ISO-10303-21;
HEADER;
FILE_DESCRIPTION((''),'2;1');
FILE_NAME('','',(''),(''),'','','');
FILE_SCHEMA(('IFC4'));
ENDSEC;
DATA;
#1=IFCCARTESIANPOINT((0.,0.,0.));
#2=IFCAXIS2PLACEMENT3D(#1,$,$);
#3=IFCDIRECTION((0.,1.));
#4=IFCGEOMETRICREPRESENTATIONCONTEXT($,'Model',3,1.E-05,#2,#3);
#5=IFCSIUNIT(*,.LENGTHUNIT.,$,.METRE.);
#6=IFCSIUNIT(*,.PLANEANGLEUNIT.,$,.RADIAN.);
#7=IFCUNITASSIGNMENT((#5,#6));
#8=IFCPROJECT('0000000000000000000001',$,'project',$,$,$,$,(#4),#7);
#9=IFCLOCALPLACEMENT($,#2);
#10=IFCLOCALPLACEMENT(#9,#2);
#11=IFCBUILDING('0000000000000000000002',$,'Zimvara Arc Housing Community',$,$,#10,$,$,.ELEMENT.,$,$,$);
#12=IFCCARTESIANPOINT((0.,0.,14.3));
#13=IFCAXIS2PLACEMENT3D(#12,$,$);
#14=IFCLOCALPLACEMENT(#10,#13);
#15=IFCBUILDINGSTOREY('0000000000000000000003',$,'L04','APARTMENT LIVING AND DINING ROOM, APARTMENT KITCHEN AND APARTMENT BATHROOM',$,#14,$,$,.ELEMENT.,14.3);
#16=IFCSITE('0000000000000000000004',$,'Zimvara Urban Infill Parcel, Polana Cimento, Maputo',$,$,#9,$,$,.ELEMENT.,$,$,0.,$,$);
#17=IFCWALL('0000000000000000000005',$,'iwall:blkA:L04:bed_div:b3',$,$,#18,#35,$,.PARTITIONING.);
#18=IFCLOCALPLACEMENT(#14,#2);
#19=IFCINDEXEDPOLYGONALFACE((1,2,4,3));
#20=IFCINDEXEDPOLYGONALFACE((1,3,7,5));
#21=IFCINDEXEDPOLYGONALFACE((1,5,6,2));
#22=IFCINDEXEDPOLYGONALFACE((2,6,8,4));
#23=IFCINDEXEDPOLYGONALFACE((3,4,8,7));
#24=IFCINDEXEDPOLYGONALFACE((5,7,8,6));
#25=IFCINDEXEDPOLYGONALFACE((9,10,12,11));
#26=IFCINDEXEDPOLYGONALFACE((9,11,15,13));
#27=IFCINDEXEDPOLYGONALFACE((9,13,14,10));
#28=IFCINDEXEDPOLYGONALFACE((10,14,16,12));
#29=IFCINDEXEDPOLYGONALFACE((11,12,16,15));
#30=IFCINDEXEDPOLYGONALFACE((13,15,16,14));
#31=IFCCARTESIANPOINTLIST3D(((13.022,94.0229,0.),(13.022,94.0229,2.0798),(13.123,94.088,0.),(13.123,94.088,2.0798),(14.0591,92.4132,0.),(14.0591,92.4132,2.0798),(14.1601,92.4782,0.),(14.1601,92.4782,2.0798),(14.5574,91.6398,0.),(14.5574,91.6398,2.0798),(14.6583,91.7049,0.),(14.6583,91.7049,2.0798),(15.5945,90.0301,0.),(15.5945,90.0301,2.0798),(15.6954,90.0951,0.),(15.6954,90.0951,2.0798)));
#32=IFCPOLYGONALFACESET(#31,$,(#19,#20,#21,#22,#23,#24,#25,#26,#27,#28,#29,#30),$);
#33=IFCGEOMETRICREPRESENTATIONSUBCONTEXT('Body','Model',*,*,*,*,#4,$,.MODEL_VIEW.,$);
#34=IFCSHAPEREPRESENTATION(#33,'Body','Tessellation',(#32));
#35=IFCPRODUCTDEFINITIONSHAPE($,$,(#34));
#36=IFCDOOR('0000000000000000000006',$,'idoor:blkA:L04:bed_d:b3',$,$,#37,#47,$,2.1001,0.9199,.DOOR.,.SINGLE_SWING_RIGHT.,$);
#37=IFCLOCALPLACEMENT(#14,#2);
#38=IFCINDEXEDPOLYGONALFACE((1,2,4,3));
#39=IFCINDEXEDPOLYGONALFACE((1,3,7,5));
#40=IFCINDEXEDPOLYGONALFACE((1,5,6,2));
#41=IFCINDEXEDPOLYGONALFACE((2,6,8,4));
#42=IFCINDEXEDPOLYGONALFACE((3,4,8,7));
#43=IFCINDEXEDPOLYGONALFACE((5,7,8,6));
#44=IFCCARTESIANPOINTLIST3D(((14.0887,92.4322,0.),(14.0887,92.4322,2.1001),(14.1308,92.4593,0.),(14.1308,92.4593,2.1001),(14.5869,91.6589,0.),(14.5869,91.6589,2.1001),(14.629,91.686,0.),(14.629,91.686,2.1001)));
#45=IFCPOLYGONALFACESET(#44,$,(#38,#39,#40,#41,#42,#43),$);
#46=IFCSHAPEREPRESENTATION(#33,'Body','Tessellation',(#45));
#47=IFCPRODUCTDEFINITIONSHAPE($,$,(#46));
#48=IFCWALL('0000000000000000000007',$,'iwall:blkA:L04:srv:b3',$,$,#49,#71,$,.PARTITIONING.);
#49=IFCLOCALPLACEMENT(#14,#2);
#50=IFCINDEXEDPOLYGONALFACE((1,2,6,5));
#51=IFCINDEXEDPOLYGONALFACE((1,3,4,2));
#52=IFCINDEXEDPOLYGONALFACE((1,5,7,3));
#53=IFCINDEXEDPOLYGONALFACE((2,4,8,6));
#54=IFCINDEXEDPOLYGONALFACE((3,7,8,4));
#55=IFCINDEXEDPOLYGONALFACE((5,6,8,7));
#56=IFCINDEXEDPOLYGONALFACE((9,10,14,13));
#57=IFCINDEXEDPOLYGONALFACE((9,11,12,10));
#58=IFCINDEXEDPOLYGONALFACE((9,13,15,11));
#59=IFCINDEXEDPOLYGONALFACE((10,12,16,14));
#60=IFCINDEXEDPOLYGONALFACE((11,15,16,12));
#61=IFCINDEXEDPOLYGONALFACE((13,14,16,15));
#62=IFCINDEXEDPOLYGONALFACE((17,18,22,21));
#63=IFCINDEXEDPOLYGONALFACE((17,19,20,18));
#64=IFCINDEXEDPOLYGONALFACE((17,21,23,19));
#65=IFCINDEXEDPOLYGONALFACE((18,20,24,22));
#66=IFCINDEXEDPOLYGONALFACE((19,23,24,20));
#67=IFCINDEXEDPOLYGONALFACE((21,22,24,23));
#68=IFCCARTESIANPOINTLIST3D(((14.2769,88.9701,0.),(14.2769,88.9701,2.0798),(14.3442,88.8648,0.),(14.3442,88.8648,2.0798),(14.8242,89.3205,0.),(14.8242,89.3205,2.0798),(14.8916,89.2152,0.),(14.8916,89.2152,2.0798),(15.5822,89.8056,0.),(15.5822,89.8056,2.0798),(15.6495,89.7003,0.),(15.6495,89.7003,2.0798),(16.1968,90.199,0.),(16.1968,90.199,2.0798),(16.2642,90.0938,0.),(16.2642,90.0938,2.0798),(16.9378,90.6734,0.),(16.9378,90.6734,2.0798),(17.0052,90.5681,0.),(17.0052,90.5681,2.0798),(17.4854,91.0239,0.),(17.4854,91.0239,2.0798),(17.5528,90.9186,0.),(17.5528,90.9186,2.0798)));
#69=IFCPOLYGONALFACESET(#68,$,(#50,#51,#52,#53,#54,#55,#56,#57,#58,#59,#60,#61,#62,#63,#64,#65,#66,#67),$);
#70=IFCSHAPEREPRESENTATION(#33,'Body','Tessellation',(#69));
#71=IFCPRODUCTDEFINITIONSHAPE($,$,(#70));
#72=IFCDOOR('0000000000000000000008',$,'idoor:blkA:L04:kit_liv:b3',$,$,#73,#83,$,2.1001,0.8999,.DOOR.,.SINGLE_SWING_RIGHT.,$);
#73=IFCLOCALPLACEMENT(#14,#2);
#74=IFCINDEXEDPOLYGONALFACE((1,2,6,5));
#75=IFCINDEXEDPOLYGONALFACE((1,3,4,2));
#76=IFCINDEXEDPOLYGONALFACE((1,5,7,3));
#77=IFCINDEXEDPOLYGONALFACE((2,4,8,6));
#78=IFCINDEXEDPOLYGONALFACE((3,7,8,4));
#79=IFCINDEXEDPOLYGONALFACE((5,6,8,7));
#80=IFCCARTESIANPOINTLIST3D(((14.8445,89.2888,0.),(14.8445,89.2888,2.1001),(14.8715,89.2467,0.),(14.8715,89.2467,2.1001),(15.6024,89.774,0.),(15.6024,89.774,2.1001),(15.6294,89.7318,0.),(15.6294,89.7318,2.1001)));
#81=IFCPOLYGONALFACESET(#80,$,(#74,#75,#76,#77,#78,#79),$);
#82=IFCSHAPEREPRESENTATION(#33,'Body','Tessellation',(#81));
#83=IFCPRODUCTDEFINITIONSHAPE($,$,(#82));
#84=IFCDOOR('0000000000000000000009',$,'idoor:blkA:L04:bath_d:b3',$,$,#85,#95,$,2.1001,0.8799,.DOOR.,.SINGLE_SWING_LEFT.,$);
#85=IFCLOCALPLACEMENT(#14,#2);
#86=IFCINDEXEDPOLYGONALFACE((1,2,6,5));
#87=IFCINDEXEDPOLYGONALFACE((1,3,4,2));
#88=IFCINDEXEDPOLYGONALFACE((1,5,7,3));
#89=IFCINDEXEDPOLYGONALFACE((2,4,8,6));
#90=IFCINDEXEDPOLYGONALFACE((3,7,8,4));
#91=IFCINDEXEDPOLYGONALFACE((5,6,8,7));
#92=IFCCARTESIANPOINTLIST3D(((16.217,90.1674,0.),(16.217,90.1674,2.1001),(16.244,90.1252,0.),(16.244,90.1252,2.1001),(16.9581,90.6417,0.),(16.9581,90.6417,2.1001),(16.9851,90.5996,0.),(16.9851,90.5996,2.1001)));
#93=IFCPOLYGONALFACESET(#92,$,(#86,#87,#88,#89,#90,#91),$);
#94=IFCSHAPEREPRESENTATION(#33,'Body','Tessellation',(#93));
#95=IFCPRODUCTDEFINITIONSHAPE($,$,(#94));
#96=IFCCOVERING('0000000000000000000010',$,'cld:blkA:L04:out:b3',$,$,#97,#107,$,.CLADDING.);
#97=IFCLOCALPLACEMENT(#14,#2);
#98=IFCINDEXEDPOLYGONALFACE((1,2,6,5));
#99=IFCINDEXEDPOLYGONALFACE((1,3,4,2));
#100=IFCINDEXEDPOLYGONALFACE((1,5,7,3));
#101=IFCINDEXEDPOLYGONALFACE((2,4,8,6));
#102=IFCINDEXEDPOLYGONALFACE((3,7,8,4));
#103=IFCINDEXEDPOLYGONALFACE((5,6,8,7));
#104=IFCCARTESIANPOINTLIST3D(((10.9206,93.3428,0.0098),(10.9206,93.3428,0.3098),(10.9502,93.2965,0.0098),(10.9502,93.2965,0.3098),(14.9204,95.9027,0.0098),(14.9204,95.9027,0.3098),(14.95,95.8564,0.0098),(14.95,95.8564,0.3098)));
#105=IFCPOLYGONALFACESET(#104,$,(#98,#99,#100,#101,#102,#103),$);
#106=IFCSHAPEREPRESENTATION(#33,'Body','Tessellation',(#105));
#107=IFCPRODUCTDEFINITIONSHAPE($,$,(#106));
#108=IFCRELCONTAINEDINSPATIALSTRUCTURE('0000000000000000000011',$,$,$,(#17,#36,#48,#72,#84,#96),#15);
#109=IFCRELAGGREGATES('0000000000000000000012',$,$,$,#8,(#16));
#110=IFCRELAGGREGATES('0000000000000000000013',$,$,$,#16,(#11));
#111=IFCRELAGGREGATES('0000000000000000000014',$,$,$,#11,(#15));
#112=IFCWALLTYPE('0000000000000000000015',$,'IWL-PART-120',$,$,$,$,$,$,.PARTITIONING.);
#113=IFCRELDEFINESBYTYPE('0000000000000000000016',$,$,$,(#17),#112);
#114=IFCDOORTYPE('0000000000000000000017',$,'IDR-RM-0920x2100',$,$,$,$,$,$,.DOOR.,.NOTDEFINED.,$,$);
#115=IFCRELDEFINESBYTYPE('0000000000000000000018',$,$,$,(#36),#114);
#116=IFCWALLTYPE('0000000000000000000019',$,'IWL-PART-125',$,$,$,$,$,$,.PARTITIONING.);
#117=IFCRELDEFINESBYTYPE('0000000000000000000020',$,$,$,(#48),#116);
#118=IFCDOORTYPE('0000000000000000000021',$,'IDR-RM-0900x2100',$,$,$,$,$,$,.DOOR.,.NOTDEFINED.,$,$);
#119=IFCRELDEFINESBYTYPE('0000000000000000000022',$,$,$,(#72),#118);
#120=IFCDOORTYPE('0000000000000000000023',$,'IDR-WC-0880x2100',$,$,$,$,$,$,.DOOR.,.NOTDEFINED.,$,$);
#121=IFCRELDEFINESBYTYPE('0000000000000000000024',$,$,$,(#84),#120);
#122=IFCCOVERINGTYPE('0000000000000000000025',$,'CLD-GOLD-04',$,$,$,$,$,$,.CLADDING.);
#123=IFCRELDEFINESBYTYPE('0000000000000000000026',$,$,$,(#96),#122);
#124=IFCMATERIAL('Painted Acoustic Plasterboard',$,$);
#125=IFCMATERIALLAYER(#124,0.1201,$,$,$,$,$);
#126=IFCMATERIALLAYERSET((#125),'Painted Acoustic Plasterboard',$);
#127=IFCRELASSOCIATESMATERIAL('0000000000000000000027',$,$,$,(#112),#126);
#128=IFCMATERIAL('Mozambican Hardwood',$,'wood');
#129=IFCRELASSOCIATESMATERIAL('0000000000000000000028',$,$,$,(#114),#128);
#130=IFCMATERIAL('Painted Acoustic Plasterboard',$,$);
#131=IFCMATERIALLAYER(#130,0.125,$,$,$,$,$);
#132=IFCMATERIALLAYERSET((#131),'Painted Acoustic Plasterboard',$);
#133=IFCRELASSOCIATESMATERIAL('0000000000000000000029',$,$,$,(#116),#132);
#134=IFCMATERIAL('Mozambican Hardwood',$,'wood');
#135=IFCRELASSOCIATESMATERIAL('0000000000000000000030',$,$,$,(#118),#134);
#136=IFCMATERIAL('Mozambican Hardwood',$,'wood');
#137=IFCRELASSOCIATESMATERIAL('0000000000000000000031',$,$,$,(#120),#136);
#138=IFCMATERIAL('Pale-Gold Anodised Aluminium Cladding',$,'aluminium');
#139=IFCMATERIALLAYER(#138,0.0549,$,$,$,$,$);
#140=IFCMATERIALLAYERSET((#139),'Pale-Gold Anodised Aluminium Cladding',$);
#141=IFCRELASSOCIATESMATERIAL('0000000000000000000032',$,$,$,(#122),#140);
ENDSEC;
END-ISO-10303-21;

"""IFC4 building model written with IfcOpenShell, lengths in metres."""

from ifc_helpers import new_model, si_unit, direction, frame, frame_2d, origin, origin_2d, place, context, subcontext, project, spatial, rectangle, extrude, material, layer, layer_set, type_object, element, fill, save


model = new_model("IFC4")

# Units and contexts
model_context = context("Model", 3, precision=1e-05, world=origin(), true_north=direction((0.0, 1.0)))
body_context = subcontext(model_context, "Body", "Model", "MODEL_VIEW")
ifc_project = project(units=[si_unit("LENGTHUNIT", "METRE"), si_unit("PLANEANGLEUNIT", "RADIAN")], contexts=[model_context])

# Site, building, storey
site_placement = place(None, origin())
site = spatial("IfcSite", under=ifc_project, at=site_placement, Name="Zimvara Urban Infill Parcel, Polana Cimento, Maputo", CompositionType="ELEMENT", RefElevation=0.0)
building_placement = place(site_placement, origin())
building = spatial("IfcBuilding", under=site, at=building_placement, Name="Zimvara Arc Housing Community", CompositionType="ELEMENT")
storey_placement = place(building_placement, frame((0.0, 0.0, 14.3)))
storey = spatial("IfcBuildingStorey", under=building, at=storey_placement, Name="L04", Description="APARTMENT LIVING AND DINING ROOM, APARTMENT KITCHEN AND APARTMENT BATHROOM", CompositionType="ELEMENT", Elevation=14.3)

# Wall, opening, door
ifc_material_1 = material(Name="Painted Acoustic Plasterboard")
ifc_layer_1 = layer(ifc_material_1, 0.1201)
ifc_layer_set_1 = layer_set([ifc_layer_1], Name="Painted Acoustic Plasterboard")
wall_type_1 = type_object("IfcWallType", Name="IWL-PART-120", PredefinedType="PARTITIONING", material=ifc_layer_set_1)
wall_1_placement = place(storey_placement, frame((15.645, 90.0625, 0.0), z_axis=(0.0, 0.0, 1.0), x_axis=(-0.541596, 0.840639, 0.0)))
wall_1 = element("IfcWall", 1, at=wall_1_placement, inside=storey, type_object=wall_type_1, Name="iwall:blkA:L04:bed_div:b3", PredefinedType="PARTITIONING", context=body_context, shape_type="SweptSolid", body=[
    extrude(rectangle(XDim=4.7498, YDim=0.1201, at=frame_2d((2.375, 0.0))), origin(), (0.0, 0.0, 1.0), 2.0798),
])
opening_1_placement = place(wall_1_placement, frame((1.915, 0.0, 0.0)))
opening_1 = element("IfcOpeningElement", 2, at=opening_1_placement, cuts=wall_1, PredefinedType="OPENING", context=body_context, shape_type="SweptSolid", body=[
    extrude(rectangle(XDim=0.9199, YDim=2.1001, at=frame_2d((0.46, 1.05))), frame((0.0, 0.0701, 0.0), z_axis=(0.0, -1.0, 0.0), x_axis=(1.0, 0.0, 0.0)), (0.0, 0.0, 1.0), 0.1401),
])
ifc_material_2 = material(Name="Mozambican Hardwood", Category="wood")
door_type_1 = type_object("IfcDoorType", Name="IDR-RM-0920x2100", OperationType="NOTDEFINED", PredefinedType="DOOR", material=ifc_material_2)
door_1_placement = place(opening_1_placement, origin())
door_1 = element("IfcDoor", 3, at=door_1_placement, inside=storey, type_object=door_type_1, Name="idoor:blkA:L04:bed_d:b3", OperationType="SINGLE_SWING_RIGHT", OverallHeight=2.1001, OverallWidth=0.9199, PredefinedType="DOOR", context=body_context, shape_type="SweptSolid", body=[
    extrude(rectangle(XDim=0.9199, YDim=2.1001, at=frame_2d((0.46, 1.05))), frame((0.0, 0.0249, 0.0), z_axis=(0.0, -1.0, 0.0), x_axis=(1.0, 0.0, 0.0)), (0.0, 0.0, 1.0), 0.05),
])
fill(opening_1, door_1)

# Wall, openings, doors
ifc_material_3 = material(Name="Painted Acoustic Plasterboard")
ifc_layer_2 = layer(ifc_material_3, 0.125)
ifc_layer_set_2 = layer_set([ifc_layer_2], Name="Painted Acoustic Plasterboard")
wall_type_2 = type_object("IfcWallType", Name="IWL-PART-125", PredefinedType="PARTITIONING", material=ifc_layer_set_2)
wall_2_placement = place(storey_placement, frame((14.3105, 88.9175, 0.0), z_axis=(0.0, 0.0, 1.0), x_axis=(0.842239, 0.539105, 0.0)))
wall_2 = element("IfcWall", 4, at=wall_2_placement, inside=storey, type_object=wall_type_2, Name="iwall:blkA:L04:srv:b3", PredefinedType="PARTITIONING", context=body_context, shape_type="SweptSolid", body=[
    extrude(rectangle(XDim=3.8096, YDim=0.125, at=frame_2d((1.9048, 0.0))), origin(), (0.0, 0.0, 1.0), 2.0798),
])
opening_2_placement = place(wall_2_placement, frame((0.6499, 0.0, 0.0)))
opening_2 = element("IfcOpeningElement", 5, at=opening_2_placement, cuts=wall_2, PredefinedType="OPENING", context=body_context, shape_type="SweptSolid", body=[
    extrude(rectangle(XDim=0.8999, YDim=2.1001, at=frame_2d((0.45, 1.05))), frame((0.0, 0.0725, 0.0), z_axis=(0.0, -1.0, 0.0), x_axis=(1.0, 0.0, 0.0)), (0.0, 0.0, 1.0), 0.145),
])
opening_3_placement = place(wall_2_placement, frame((2.2795, 0.0, 0.0)))
opening_3 = element("IfcOpeningElement", 6, at=opening_3_placement, cuts=wall_2, PredefinedType="OPENING", context=body_context, shape_type="SweptSolid", body=[
    extrude(rectangle(XDim=0.8799, YDim=2.1001, at=frame_2d((0.4399, 1.05))), frame((0.0, 0.0725, 0.0), z_axis=(0.0, -1.0, 0.0), x_axis=(1.0, 0.0, 0.0)), (0.0, 0.0, 1.0), 0.145),
])
ifc_material_4 = material(Name="Mozambican Hardwood", Category="wood")
door_type_2 = type_object("IfcDoorType", Name="IDR-RM-0900x2100", OperationType="NOTDEFINED", PredefinedType="DOOR", material=ifc_material_4)
door_2_placement = place(opening_2_placement, origin())
door_2 = element("IfcDoor", 7, at=door_2_placement, inside=storey, type_object=door_type_2, Name="idoor:blkA:L04:kit_liv:b3", OperationType="SINGLE_SWING_RIGHT", OverallHeight=2.1001, OverallWidth=0.8999, PredefinedType="DOOR", context=body_context, shape_type="SweptSolid", body=[
    extrude(rectangle(XDim=0.8999, YDim=2.1001, at=frame_2d((0.45, 1.05))), frame((0.0, 0.0249, 0.0), z_axis=(0.0, -1.0, 0.0), x_axis=(1.0, 0.0, 0.0)), (0.0, 0.0, 1.0), 0.05),
])
fill(opening_2, door_2)
ifc_material_5 = material(Name="Mozambican Hardwood", Category="wood")
door_type_3 = type_object("IfcDoorType", Name="IDR-WC-0880x2100", OperationType="NOTDEFINED", PredefinedType="DOOR", material=ifc_material_5)
door_3_placement = place(opening_3_placement, origin())
door_3 = element("IfcDoor", 8, at=door_3_placement, inside=storey, type_object=door_type_3, Name="idoor:blkA:L04:bath_d:b3", OperationType="SINGLE_SWING_LEFT", OverallHeight=2.1001, OverallWidth=0.8799, PredefinedType="DOOR", context=body_context, shape_type="SweptSolid", body=[
    extrude(rectangle(XDim=0.8799, YDim=2.1001, at=frame_2d((0.4399, 1.05))), frame((0.0, 0.0249, 0.0), z_axis=(0.0, -1.0, 0.0), x_axis=(1.0, 0.0, 0.0)), (0.0, 0.0, 1.0), 0.05),
])
fill(opening_3, door_3)

# Covering
ifc_material_6 = material(Name="Pale-Gold Anodised Aluminium Cladding", Category="aluminium")
ifc_layer_3 = layer(ifc_material_6, 0.0549)
ifc_layer_set_3 = layer_set([ifc_layer_3], Name="Pale-Gold Anodised Aluminium Cladding")
covering_type = type_object("IfcCoveringType", Name="CLD-GOLD-04", PredefinedType="CLADDING", material=ifc_layer_set_3)
covering_placement = place(storey_placement, frame((12.9353, 94.5996, 0.0098), z_axis=(0.0, 0.0, 1.0), x_axis=(0.842265, 0.539063, 0.0)))
element("IfcCovering", 9, at=covering_placement, inside=storey, type_object=covering_type, Name="cld:blkA:L04:out:b3", PredefinedType="CLADDING", context=body_context, shape_type="SweptSolid", body=[
    extrude(rectangle(XDim=4.7488, YDim=0.0549, at=origin_2d()), origin(), (0.0, 0.0, 1.0), 0.3),
])

save(model, "model.ifc")
